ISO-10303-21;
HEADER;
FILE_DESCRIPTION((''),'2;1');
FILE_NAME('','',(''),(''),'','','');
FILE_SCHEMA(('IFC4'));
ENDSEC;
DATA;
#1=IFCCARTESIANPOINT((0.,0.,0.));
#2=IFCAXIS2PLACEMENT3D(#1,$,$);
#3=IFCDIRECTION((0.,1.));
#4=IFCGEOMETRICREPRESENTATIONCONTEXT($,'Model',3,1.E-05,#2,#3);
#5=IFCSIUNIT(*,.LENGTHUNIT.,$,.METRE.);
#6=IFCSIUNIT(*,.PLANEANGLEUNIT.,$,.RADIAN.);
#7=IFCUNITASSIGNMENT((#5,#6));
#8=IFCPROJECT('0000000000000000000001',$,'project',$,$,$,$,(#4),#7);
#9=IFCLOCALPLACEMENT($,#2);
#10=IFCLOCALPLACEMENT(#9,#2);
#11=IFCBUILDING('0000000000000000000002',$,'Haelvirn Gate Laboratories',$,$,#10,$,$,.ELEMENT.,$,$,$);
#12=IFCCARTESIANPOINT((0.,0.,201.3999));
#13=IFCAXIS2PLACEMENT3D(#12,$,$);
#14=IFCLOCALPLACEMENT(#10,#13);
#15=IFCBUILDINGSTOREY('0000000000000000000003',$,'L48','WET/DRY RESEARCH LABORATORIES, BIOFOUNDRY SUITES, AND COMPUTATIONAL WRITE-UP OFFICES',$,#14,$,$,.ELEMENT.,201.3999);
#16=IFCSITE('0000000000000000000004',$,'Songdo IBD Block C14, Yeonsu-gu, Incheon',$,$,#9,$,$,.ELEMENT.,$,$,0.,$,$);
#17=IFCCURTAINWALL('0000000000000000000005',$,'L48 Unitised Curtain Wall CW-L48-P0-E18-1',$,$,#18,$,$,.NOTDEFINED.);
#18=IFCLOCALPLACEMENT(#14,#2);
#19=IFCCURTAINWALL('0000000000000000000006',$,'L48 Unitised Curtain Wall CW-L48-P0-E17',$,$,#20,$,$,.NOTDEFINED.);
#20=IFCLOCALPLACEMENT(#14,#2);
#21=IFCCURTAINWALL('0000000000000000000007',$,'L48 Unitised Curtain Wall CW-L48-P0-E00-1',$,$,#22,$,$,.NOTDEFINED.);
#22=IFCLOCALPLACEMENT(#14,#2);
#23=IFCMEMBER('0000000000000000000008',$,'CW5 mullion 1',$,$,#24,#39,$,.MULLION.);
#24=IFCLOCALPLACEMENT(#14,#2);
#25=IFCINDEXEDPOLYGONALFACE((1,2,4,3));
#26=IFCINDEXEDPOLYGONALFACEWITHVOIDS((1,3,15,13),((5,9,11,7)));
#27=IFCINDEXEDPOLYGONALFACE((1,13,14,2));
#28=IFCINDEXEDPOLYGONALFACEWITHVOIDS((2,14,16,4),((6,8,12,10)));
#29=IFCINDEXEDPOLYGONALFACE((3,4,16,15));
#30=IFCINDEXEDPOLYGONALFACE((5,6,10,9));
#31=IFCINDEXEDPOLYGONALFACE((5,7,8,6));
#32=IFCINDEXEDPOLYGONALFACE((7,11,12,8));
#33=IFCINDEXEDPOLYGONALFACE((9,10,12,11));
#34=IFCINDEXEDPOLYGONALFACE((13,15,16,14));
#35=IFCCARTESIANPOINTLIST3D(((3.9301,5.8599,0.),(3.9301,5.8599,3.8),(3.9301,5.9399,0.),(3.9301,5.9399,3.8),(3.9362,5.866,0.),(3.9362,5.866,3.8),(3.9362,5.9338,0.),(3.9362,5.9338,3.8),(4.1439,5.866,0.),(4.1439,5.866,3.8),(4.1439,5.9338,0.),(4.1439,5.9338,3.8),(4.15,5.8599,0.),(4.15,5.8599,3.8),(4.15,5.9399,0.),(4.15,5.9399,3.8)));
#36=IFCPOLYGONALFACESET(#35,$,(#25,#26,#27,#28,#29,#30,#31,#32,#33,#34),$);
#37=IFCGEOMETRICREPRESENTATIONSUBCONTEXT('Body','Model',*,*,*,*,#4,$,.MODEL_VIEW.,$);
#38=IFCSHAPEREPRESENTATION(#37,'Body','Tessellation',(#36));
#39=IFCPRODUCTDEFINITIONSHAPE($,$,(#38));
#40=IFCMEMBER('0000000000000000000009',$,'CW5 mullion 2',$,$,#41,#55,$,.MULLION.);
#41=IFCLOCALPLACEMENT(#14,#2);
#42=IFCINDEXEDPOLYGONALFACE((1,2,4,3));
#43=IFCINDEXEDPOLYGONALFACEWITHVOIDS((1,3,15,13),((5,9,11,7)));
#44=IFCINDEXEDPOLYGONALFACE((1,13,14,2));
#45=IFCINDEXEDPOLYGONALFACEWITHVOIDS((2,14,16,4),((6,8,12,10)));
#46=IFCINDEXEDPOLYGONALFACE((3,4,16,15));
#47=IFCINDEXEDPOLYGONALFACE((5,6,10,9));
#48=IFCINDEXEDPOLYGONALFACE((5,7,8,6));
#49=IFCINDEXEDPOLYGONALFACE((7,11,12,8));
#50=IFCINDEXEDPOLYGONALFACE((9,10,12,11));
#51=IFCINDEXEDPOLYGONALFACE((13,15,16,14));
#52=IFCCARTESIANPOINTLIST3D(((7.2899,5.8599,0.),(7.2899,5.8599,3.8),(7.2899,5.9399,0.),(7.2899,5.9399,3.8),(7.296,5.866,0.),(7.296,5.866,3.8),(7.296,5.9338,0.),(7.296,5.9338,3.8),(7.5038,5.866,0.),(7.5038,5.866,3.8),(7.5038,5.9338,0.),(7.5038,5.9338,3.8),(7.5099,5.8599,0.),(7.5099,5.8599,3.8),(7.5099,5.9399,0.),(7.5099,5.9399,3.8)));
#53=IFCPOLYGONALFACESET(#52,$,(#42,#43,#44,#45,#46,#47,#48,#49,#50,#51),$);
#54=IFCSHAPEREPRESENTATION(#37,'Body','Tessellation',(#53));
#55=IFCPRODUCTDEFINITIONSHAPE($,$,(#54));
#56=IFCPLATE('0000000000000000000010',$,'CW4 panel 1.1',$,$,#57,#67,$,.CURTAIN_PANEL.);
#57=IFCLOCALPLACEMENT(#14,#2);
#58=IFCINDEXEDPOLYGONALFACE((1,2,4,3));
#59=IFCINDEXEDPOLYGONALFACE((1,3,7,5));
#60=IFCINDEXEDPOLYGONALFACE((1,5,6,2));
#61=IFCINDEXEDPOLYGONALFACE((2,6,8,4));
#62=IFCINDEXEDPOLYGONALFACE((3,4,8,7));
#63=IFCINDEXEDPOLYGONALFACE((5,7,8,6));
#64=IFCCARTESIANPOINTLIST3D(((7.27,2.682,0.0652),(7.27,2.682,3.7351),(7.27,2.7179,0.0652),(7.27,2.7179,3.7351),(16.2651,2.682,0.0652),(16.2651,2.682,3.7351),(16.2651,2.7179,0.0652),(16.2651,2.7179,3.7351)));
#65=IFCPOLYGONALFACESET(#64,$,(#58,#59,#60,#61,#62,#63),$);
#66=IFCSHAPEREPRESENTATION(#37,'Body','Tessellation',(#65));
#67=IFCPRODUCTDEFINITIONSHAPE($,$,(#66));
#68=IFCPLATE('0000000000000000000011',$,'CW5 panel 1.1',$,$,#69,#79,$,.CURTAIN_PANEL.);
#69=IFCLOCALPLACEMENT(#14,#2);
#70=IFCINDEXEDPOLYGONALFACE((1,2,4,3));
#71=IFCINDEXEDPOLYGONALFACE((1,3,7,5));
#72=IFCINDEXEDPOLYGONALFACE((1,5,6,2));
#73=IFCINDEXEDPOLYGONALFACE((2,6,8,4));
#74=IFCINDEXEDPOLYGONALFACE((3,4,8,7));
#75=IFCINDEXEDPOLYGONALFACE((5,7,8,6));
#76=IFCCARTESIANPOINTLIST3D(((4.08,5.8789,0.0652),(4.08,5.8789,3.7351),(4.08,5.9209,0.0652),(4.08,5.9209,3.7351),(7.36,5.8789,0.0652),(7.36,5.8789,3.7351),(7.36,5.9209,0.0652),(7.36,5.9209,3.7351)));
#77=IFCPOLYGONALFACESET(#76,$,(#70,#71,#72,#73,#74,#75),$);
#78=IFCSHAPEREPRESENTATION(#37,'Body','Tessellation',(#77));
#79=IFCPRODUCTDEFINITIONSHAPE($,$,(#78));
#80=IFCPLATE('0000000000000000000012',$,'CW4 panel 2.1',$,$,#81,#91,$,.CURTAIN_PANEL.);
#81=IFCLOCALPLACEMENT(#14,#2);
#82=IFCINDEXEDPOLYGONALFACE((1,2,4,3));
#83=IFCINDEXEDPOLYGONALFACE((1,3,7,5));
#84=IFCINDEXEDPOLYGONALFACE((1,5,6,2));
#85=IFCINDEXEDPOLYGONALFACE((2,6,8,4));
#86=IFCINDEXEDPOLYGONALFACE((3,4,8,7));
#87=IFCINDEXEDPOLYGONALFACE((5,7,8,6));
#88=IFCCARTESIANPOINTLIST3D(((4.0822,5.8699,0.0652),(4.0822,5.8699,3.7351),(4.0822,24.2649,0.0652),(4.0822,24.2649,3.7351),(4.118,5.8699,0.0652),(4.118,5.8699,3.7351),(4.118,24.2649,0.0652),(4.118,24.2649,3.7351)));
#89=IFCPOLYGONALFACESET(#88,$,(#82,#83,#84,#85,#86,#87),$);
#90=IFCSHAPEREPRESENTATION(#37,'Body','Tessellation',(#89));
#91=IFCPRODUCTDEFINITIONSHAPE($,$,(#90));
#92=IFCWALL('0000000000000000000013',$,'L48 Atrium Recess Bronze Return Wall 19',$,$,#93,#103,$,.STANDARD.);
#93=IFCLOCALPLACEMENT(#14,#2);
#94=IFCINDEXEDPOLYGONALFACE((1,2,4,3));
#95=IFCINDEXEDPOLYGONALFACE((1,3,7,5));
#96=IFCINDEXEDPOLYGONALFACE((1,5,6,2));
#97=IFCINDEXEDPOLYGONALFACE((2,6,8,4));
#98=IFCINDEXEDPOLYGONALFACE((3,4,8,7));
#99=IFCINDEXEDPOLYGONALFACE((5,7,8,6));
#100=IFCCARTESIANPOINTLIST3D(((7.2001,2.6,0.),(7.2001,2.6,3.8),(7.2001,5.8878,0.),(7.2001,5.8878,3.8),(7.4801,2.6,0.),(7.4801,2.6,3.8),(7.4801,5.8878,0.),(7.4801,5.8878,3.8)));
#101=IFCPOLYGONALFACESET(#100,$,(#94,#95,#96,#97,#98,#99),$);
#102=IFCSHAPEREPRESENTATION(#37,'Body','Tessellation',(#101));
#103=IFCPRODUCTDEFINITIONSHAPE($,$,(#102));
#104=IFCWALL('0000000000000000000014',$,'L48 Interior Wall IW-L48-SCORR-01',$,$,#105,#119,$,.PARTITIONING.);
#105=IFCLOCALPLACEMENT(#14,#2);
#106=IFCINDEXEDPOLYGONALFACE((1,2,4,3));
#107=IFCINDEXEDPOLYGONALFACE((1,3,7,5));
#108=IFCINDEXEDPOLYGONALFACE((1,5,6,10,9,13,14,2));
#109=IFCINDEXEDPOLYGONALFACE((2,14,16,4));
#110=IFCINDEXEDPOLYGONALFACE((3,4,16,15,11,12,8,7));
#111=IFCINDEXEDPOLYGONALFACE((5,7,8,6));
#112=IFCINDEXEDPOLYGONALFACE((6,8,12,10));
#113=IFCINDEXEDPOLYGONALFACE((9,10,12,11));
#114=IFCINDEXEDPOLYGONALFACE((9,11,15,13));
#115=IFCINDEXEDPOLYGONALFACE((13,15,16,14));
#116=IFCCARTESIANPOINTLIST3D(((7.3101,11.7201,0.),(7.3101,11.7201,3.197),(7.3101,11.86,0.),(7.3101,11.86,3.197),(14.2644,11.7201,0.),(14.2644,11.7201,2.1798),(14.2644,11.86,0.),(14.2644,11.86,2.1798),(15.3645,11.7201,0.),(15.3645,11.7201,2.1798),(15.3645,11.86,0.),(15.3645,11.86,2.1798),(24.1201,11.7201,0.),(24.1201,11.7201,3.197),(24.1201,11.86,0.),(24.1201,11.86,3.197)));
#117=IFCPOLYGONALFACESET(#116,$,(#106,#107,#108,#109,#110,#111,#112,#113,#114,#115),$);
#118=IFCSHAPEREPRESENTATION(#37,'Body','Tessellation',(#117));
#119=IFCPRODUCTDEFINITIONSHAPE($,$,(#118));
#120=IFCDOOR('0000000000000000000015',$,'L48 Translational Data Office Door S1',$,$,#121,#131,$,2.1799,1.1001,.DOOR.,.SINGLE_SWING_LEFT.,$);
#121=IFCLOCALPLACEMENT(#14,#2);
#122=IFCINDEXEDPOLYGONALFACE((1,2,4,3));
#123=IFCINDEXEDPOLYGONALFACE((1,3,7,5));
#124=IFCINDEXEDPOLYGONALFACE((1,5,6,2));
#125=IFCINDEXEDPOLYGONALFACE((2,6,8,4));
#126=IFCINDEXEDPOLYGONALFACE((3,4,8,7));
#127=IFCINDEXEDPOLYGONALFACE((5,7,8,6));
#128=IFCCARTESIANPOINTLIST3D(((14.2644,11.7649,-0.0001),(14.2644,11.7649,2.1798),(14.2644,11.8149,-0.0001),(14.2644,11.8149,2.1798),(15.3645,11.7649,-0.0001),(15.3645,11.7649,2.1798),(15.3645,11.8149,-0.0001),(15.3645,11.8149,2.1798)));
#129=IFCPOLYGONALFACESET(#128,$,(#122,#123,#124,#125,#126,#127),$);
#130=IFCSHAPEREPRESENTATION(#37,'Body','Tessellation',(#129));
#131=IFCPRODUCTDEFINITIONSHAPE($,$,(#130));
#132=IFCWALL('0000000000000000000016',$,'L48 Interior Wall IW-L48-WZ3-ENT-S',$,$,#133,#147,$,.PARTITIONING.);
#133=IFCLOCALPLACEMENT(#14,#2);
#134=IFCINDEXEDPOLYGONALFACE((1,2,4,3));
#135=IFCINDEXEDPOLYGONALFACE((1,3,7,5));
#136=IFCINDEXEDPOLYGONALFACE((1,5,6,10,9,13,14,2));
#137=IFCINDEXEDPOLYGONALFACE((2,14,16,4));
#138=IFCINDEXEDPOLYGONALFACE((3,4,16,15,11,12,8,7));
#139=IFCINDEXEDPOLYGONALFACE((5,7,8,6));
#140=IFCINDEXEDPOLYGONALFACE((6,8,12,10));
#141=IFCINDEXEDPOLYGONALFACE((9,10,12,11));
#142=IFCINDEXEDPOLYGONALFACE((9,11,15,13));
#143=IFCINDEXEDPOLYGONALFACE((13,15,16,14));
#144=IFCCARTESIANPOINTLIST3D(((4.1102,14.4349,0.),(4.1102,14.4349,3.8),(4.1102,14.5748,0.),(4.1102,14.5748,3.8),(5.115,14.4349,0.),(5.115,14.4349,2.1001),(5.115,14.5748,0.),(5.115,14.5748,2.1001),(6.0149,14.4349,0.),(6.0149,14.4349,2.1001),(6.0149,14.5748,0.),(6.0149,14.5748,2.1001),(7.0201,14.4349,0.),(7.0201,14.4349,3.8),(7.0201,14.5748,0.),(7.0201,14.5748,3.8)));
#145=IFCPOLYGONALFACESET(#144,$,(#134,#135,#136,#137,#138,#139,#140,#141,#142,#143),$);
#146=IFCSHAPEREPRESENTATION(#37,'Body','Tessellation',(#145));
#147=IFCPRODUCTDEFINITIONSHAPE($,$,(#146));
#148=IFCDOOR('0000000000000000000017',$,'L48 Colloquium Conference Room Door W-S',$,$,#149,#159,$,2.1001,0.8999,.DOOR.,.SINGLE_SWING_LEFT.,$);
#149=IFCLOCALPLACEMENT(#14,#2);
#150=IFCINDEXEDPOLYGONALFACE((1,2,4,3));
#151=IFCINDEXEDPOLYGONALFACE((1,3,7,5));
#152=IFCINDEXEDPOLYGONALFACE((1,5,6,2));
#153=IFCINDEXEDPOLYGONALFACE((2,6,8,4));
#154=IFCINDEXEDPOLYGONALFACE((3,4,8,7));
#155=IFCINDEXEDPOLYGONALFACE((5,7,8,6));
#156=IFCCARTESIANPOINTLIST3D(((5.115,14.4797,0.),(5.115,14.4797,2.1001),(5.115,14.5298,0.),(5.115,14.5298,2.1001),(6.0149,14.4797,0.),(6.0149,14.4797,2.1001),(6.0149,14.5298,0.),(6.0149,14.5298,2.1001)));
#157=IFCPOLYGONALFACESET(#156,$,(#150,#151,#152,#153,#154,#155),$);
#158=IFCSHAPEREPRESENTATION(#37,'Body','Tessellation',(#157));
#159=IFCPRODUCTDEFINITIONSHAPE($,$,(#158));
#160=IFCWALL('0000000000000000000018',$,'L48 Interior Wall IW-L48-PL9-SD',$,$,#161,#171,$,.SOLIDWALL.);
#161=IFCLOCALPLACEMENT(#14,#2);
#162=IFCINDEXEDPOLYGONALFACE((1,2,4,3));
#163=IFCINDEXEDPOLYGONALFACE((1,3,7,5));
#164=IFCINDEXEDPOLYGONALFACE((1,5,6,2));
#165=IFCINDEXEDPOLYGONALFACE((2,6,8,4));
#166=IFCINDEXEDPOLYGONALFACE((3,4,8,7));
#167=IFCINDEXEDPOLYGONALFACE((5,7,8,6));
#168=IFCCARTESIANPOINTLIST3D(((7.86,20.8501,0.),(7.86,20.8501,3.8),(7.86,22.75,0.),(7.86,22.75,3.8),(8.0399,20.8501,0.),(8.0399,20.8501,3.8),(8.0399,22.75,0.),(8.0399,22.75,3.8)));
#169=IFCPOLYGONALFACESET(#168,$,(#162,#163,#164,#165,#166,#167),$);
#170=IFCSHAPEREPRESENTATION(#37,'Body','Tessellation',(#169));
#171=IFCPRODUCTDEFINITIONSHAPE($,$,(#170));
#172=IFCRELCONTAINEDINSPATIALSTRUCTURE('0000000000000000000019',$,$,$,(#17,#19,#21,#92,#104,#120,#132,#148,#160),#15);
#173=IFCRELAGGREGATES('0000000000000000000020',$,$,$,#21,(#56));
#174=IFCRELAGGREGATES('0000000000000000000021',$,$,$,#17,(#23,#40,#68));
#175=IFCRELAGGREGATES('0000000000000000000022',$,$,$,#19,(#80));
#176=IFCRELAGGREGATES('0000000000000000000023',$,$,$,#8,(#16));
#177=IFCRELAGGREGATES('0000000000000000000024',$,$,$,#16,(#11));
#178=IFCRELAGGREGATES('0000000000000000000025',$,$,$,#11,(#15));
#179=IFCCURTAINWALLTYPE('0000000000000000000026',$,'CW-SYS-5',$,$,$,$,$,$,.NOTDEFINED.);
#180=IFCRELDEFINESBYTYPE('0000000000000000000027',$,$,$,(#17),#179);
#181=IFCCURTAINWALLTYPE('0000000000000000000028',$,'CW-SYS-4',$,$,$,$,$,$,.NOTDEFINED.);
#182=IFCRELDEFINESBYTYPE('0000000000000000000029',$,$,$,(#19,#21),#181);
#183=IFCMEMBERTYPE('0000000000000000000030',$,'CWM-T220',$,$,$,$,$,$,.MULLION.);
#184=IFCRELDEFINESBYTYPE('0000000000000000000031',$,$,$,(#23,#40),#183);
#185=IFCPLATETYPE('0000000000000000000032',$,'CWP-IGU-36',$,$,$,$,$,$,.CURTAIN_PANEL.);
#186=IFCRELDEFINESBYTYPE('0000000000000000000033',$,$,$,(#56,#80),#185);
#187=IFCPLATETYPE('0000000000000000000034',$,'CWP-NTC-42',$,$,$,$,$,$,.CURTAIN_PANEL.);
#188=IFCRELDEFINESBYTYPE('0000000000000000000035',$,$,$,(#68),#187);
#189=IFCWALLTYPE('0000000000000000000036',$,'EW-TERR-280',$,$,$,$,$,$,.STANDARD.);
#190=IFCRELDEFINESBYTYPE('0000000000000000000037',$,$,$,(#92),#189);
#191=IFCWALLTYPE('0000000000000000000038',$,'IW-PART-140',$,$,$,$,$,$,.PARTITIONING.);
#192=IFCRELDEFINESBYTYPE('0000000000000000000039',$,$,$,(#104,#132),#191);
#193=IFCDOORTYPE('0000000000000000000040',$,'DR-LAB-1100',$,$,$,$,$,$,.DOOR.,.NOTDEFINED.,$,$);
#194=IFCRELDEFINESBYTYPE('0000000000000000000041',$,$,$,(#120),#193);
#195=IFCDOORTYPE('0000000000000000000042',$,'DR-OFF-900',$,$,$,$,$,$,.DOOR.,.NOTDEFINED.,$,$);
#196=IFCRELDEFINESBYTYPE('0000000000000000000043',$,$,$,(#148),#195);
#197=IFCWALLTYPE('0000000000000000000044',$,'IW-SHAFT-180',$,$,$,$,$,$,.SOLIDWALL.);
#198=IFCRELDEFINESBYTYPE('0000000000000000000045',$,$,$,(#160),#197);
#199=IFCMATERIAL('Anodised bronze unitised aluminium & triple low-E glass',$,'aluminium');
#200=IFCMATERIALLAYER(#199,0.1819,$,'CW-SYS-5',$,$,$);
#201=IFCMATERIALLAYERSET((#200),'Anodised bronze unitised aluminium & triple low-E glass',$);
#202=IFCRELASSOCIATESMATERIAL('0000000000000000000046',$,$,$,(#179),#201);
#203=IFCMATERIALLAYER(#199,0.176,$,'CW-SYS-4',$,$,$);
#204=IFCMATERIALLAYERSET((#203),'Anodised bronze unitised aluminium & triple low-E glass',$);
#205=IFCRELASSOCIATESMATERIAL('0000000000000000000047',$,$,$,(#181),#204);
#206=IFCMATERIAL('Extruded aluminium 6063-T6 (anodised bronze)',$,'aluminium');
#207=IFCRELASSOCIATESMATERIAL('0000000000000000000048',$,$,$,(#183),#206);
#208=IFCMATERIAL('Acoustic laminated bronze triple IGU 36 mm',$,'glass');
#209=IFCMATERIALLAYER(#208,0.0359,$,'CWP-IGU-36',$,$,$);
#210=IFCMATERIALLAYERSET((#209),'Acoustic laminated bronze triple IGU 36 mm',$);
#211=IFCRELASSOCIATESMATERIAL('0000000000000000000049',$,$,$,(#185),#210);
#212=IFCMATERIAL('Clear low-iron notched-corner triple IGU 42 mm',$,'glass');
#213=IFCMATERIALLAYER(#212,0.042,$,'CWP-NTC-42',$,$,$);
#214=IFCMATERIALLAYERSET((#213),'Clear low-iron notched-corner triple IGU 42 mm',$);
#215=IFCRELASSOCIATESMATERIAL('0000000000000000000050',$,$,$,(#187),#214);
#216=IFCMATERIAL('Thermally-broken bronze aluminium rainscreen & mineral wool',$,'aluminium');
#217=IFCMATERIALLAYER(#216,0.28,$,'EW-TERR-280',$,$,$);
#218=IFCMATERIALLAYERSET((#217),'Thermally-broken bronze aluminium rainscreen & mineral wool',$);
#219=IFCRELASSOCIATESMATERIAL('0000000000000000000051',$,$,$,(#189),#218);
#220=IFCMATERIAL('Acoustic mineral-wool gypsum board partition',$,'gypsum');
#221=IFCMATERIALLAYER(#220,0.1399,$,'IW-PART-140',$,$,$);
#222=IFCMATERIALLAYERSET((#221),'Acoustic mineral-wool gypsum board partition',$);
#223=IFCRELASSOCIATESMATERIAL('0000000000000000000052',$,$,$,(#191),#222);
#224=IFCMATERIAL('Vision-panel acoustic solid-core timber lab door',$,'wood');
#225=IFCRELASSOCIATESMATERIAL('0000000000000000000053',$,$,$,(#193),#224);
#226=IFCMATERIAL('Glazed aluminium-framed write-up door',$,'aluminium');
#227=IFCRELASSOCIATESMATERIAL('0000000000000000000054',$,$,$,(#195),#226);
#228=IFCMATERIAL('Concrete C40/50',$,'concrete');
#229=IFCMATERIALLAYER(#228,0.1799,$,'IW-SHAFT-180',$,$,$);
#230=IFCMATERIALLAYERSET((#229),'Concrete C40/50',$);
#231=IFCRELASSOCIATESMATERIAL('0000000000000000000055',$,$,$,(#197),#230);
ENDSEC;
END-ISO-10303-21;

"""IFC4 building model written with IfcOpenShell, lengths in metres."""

from ifc_helpers import new_model, si_unit, direction, frame, frame_2d, origin, origin_2d, place, context, subcontext, project, spatial, rectangle, hollow_rectangle, extrude, source, transform, mapped, material, layer, layer_set, material_profile, profile_set, type_object, type_shapes, element, fill, aggregate, save


model = new_model("IFC4")

# Units and contexts
model_context = context("Model", 3, precision=1e-05, world=origin(), true_north=direction((0.0, 1.0)))
body_context = subcontext(model_context, "Body", "Model", "MODEL_VIEW")
ifc_project = project(units=[si_unit("LENGTHUNIT", "METRE"), si_unit("PLANEANGLEUNIT", "RADIAN")], contexts=[model_context])

# Site, building, storey
site_placement = place(None, origin())
site = spatial("IfcSite", under=ifc_project, at=site_placement, Name="Songdo IBD Block C14, Yeonsu-gu, Incheon", CompositionType="ELEMENT", RefElevation=0.0)
building_placement = place(site_placement, origin())
building = spatial("IfcBuilding", under=site, at=building_placement, Name="Haelvirn Gate Laboratories", CompositionType="ELEMENT")
storey_placement = place(building_placement, frame((0.0, 0.0, 201.3999)))
storey = spatial("IfcBuildingStorey", under=building, at=storey_placement, Name="L48", Description="WET/DRY RESEARCH LABORATORIES, BIOFOUNDRY SUITES, AND COMPUTATIONAL WRITE-UP OFFICES", CompositionType="ELEMENT", Elevation=201.3999)

# Curtain wall
ifc_material_1 = material(Name="Anodised bronze unitised aluminium & triple low-E glass", Category="aluminium")
ifc_layer_1 = layer(ifc_material_1, 0.1819, Name="CW-SYS-5")
ifc_layer_set_1 = layer_set([ifc_layer_1], Name="Anodised bronze unitised aluminium & triple low-E glass")
curtain_wall_type_1 = type_object("IfcCurtainWallType", Name="CW-SYS-5", PredefinedType="NOTDEFINED", material=ifc_layer_set_1)
curtain_wall_1_placement = place(storey_placement, origin())
curtain_wall_1 = element("IfcCurtainWall", 1, at=curtain_wall_1_placement, inside=storey, type_object=curtain_wall_type_1, Name="L48 Unitised Curtain Wall CW-L48-P0-E18-1", PredefinedType="NOTDEFINED")
ifc_material_2 = material(Name="Extruded aluminium 6063-T6 (anodised bronze)", Category="aluminium")

# Curtain walls
ifc_layer_2 = layer(ifc_material_1, 0.176, Name="CW-SYS-4")
ifc_layer_set_2 = layer_set([ifc_layer_2], Name="Anodised bronze unitised aluminium & triple low-E glass")
curtain_wall_type_2 = type_object("IfcCurtainWallType", Name="CW-SYS-4", PredefinedType="NOTDEFINED", material=ifc_layer_set_2)
curtain_wall_2_placement = place(storey_placement, origin())
curtain_wall_2 = element("IfcCurtainWall", 2, at=curtain_wall_2_placement, inside=storey, type_object=curtain_wall_type_2, Name="L48 Unitised Curtain Wall CW-L48-P0-E17", PredefinedType="NOTDEFINED")
curtain_wall_3_placement = place(storey_placement, origin())
curtain_wall_3 = element("IfcCurtainWall", 3, at=curtain_wall_3_placement, inside=storey, type_object=curtain_wall_type_2, Name="L48 Unitised Curtain Wall CW-L48-P0-E00-1", PredefinedType="NOTDEFINED")

# Members
ifc_material_profile_1 = material_profile(ifc_material_2, hollow_rectangle(XDim=0.0801, YDim=0.22, WallThickness=0.0061, at=origin_2d()), Name="CWM-220x80x6")
ifc_profile_set_1 = profile_set([ifc_material_profile_1], Name="Extruded aluminium 6063-T6 (anodised bronze)")
member_type_1 = type_object("IfcMemberType", Name="CWM-T220", PredefinedType="MULLION", material=ifc_profile_set_1)
shared_shape_1 = source(origin(), body_context, "Body", "SweptSolid", [
    extrude(hollow_rectangle(XDim=0.0801, YDim=0.22, WallThickness=0.0061, at=origin_2d()), origin(), (0.0, 0.0, 1.0), 3.8),
])
type_shapes(member_type_1, [shared_shape_1])
member_1_placement = place(storey_placement, frame((4.04, 5.8999, 0.0), z_axis=(0.0, 0.0, 1.0), x_axis=(0.0, 1.0, 0.0)))
member_1 = element("IfcMember", 4, at=member_1_placement, type_object=member_type_1, Name="CW5 mullion 1", PredefinedType="MULLION", context=body_context, shape_type="MappedRepresentation", body=[
    mapped(shared_shape_1, transform((0.0, 0.0, 0.0), scale=1.0)),
])
member_2_placement = place(storey_placement, frame((7.3999, 5.8999, 0.0), z_axis=(0.0, 0.0, 1.0), x_axis=(0.0, 1.0, 0.0)))
member_2 = element("IfcMember", 5, at=member_2_placement, type_object=member_type_1, Name="CW5 mullion 2", PredefinedType="MULLION", context=body_context, shape_type="MappedRepresentation", body=[
    mapped(shared_shape_1, transform((0.0, 0.0, 0.0), scale=1.0)),
])

# Plates
ifc_material_3 = material(Name="Acoustic laminated bronze triple IGU 36 mm", Category="glass")
ifc_layer_3 = layer(ifc_material_3, 0.0359, Name="CWP-IGU-36")
ifc_layer_set_3 = layer_set([ifc_layer_3], Name="Acoustic laminated bronze triple IGU 36 mm")
plate_type_1 = type_object("IfcPlateType", Name="CWP-IGU-36", PredefinedType="CURTAIN_PANEL", material=ifc_layer_set_3)
shared_shape_2 = source(origin(), body_context, "Body", "SweptSolid", [
    extrude(rectangle(XDim=8.9951, YDim=0.0359, at=origin_2d()), origin(), (0.0, 0.0, 1.0), 3.6699),
])
plate_1_placement = place(storey_placement, frame((11.7676, 2.7, 0.0652), z_axis=(0.0, 0.0, 1.0), x_axis=(1.0, 0.0, 0.0)))
plate_1 = element("IfcPlate", 6, at=plate_1_placement, type_object=plate_type_1, Name="CW4 panel 1.1", PredefinedType="CURTAIN_PANEL", context=body_context, shape_type="MappedRepresentation", body=[
    mapped(shared_shape_2, transform((0.0, 0.0, 0.0), scale=1.0)),
])
aggregate(curtain_wall_3, [plate_1])
ifc_material_4 = material(Name="Clear low-iron notched-corner triple IGU 42 mm", Category="glass")
ifc_layer_4 = layer(ifc_material_4, 0.042, Name="CWP-NTC-42")
ifc_layer_set_4 = layer_set([ifc_layer_4], Name="Clear low-iron notched-corner triple IGU 42 mm")
plate_type_2 = type_object("IfcPlateType", Name="CWP-NTC-42", PredefinedType="CURTAIN_PANEL", material=ifc_layer_set_4)
shared_shape_3 = source(origin(), body_context, "Body", "SweptSolid", [
    extrude(rectangle(XDim=3.28, YDim=0.042, at=origin_2d()), origin(), (0.0, 0.0, 1.0), 3.6699),
])
type_shapes(plate_type_2, [shared_shape_3])
plate_2_placement = place(storey_placement, frame((5.72, 5.8999, 0.0652), z_axis=(0.0, 0.0, 1.0), x_axis=(1.0, 0.0, 0.0)))
plate_2 = element("IfcPlate", 7, at=plate_2_placement, type_object=plate_type_2, Name="CW5 panel 1.1", PredefinedType="CURTAIN_PANEL", context=body_context, shape_type="MappedRepresentation", body=[
    mapped(shared_shape_3, transform((0.0, 0.0, 0.0), scale=1.0)),
])
aggregate(curtain_wall_1, [member_1, member_2, plate_2])
shared_shape_4 = source(origin(), body_context, "Body", "SweptSolid", [
    extrude(rectangle(XDim=18.395, YDim=0.0359, at=origin_2d()), origin(), (0.0, 0.0, 1.0), 3.6699),
])
type_shapes(plate_type_1, [shared_shape_2, shared_shape_4])
plate_3_placement = place(storey_placement, frame((4.1001, 15.0674, 0.0652), z_axis=(0.0, 0.0, 1.0), x_axis=(0.0, -1.0, 0.0)))
plate_3 = element("IfcPlate", 8, at=plate_3_placement, type_object=plate_type_1, Name="CW4 panel 2.1", PredefinedType="CURTAIN_PANEL", context=body_context, shape_type="MappedRepresentation", body=[
    mapped(shared_shape_4, transform((0.0, 0.0, 0.0), scale=1.0)),
])
aggregate(curtain_wall_2, [plate_3])

# Wall
ifc_material_5 = material(Name="Thermally-broken bronze aluminium rainscreen & mineral wool", Category="aluminium")
ifc_layer_5 = layer(ifc_material_5, 0.28, Name="EW-TERR-280")
ifc_layer_set_5 = layer_set([ifc_layer_5], Name="Thermally-broken bronze aluminium rainscreen & mineral wool")
wall_type_1 = type_object("IfcWallType", Name="EW-TERR-280", PredefinedType="STANDARD", material=ifc_layer_set_5)
wall_1_placement = place(storey_placement, frame((7.3401, 5.8879, 0.0), z_axis=(0.0, 0.0, 1.0), x_axis=(0.0, -1.0, 0.0)))
element("IfcWall", 9, at=wall_1_placement, inside=storey, type_object=wall_type_1, Name="L48 Atrium Recess Bronze Return Wall 19", PredefinedType="STANDARD", context=body_context, shape_type="SweptSolid", body=[
    extrude(rectangle(XDim=3.2878, YDim=0.28, at=frame_2d((1.644, 0.0))), origin(), (0.0, 0.0, 1.0), 3.8),
])

# Walls, openings, doors
ifc_material_6 = material(Name="Acoustic mineral-wool gypsum board partition", Category="gypsum")
ifc_layer_6 = layer(ifc_material_6, 0.1399, Name="IW-PART-140")
ifc_layer_set_6 = layer_set([ifc_layer_6], Name="Acoustic mineral-wool gypsum board partition")
wall_type_2 = type_object("IfcWallType", Name="IW-PART-140", PredefinedType="PARTITIONING", material=ifc_layer_set_6)
wall_2_placement = place(storey_placement, frame((7.3101, 11.79, 0.0), z_axis=(0.0, 0.0, 1.0), x_axis=(1.0, 0.0, 0.0)))
wall_2 = element("IfcWall", 10, at=wall_2_placement, inside=storey, type_object=wall_type_2, Name="L48 Interior Wall IW-L48-SCORR-01", PredefinedType="PARTITIONING", context=body_context, shape_type="SweptSolid", body=[
    extrude(rectangle(XDim=16.8101, YDim=0.1399, at=frame_2d((8.405, 0.0))), origin(), (0.0, 0.0, 1.0), 3.197),
])
opening_1_placement = place(wall_2_placement, frame((6.9543, 0.0, 0.0)))
opening_1 = element("IfcOpeningElement", 11, at=opening_1_placement, cuts=wall_2, PredefinedType="OPENING", context=body_context, shape_type="SweptSolid", body=[
    extrude(rectangle(XDim=1.1001, YDim=2.1799, at=frame_2d((0.55, 1.0898))), frame((0.0, 0.0801, 0.0), z_axis=(0.0, -1.0, 0.0), x_axis=(1.0, 0.0, 0.0)), (0.0, 0.0, 1.0), 0.1599),
])
ifc_material_7 = material(Name="Vision-panel acoustic solid-core timber lab door", Category="wood")
door_type_1 = type_object("IfcDoorType", Name="DR-LAB-1100", OperationType="NOTDEFINED", PredefinedType="DOOR", material=ifc_material_7)
shared_shape_5 = source(origin(), body_context, "Body", "SweptSolid", [
    extrude(rectangle(XDim=1.1001, YDim=2.1799, at=frame_2d((0.55, 1.0898))), frame((0.0, 0.0249, 0.0), z_axis=(0.0, -1.0, 0.0), x_axis=(1.0, 0.0, 0.0)), (0.0, 0.0, 1.0), 0.05),
])
type_shapes(door_type_1, [shared_shape_5])
door_1_placement = place(opening_1_placement, origin())
door_1 = element("IfcDoor", 12, at=door_1_placement, inside=storey, type_object=door_type_1, Name="L48 Translational Data Office Door S1", OperationType="SINGLE_SWING_LEFT", OverallHeight=2.1799, OverallWidth=1.1001, PredefinedType="DOOR", context=body_context, shape_type="MappedRepresentation", body=[
    mapped(shared_shape_5, transform((0.0, 0.0, 0.0), scale=1.0)),
])
fill(opening_1, door_1)
wall_3_placement = place(storey_placement, frame((4.1101, 14.5049, 0.0), z_axis=(0.0, 0.0, 1.0), x_axis=(1.0, 0.0, 0.0)))
wall_3 = element("IfcWall", 13, at=wall_3_placement, inside=storey, type_object=wall_type_2, Name="L48 Interior Wall IW-L48-WZ3-ENT-S", PredefinedType="PARTITIONING", context=body_context, shape_type="SweptSolid", body=[
    extrude(rectangle(XDim=2.9099, YDim=0.1399, at=frame_2d((1.4551, 0.0))), origin(), (0.0, 0.0, 1.0), 3.8),
])
opening_2_placement = place(wall_3_placement, frame((1.0049, 0.0, 0.0)))
opening_2 = element("IfcOpeningElement", 14, at=opening_2_placement, cuts=wall_3, PredefinedType="OPENING", context=body_context, shape_type="SweptSolid", body=[
    extrude(rectangle(XDim=0.8999, YDim=2.1001, at=frame_2d((0.45, 1.05))), frame((0.0, 0.0801, 0.0), z_axis=(0.0, -1.0, 0.0), x_axis=(1.0, 0.0, 0.0)), (0.0, 0.0, 1.0), 0.1599),
])
ifc_material_8 = material(Name="Glazed aluminium-framed write-up door", Category="aluminium")
door_type_2 = type_object("IfcDoorType", Name="DR-OFF-900", OperationType="NOTDEFINED", PredefinedType="DOOR", material=ifc_material_8)
shared_shape_6 = source(origin(), body_context, "Body", "SweptSolid", [
    extrude(rectangle(XDim=0.8999, YDim=2.1001, at=frame_2d((0.45, 1.05))), frame((0.0, 0.0249, 0.0), z_axis=(0.0, -1.0, 0.0), x_axis=(1.0, 0.0, 0.0)), (0.0, 0.0, 1.0), 0.05),
])
type_shapes(door_type_2, [shared_shape_6])
door_2_placement = place(opening_2_placement, origin())
door_2 = element("IfcDoor", 15, at=door_2_placement, inside=storey, type_object=door_type_2, Name="L48 Colloquium Conference Room Door W-S", OperationType="SINGLE_SWING_LEFT", OverallHeight=2.1001, OverallWidth=0.8999, PredefinedType="DOOR", context=body_context, shape_type="MappedRepresentation", body=[
    mapped(shared_shape_6, transform((0.0, 0.0, 0.0), scale=1.0)),
])
fill(opening_2, door_2)

# Wall
ifc_material_9 = material(Name="Concrete C40/50", Category="concrete")
ifc_layer_7 = layer(ifc_material_9, 0.1799, Name="IW-SHAFT-180")
ifc_layer_set_7 = layer_set([ifc_layer_7], Name="Concrete C40/50")
wall_type_3 = type_object("IfcWallType", Name="IW-SHAFT-180", PredefinedType="SOLIDWALL", material=ifc_layer_set_7)
for number, where, z_axis, x_axis, name in (
    (16, (7.95, 20.8501, 0.0), (0.0, 0.0, 1.0), (0.0, 1.0, 0.0), "L48 Interior Wall IW-L48-PL9-SD"),
):
    element("IfcWall", number, at=place(storey_placement, frame(where, z_axis=z_axis, x_axis=x_axis)), inside=storey, type_object=wall_type_3, Name=name, PredefinedType="SOLIDWALL", context=body_context, shape_type="SweptSolid", body=[
        extrude(rectangle(XDim=1.8999, YDim=0.1799, at=frame_2d((0.95, 0.0))), origin(), (0.0, 0.0, 1.0), 3.8),
    ])

save(model, "model.ifc")
